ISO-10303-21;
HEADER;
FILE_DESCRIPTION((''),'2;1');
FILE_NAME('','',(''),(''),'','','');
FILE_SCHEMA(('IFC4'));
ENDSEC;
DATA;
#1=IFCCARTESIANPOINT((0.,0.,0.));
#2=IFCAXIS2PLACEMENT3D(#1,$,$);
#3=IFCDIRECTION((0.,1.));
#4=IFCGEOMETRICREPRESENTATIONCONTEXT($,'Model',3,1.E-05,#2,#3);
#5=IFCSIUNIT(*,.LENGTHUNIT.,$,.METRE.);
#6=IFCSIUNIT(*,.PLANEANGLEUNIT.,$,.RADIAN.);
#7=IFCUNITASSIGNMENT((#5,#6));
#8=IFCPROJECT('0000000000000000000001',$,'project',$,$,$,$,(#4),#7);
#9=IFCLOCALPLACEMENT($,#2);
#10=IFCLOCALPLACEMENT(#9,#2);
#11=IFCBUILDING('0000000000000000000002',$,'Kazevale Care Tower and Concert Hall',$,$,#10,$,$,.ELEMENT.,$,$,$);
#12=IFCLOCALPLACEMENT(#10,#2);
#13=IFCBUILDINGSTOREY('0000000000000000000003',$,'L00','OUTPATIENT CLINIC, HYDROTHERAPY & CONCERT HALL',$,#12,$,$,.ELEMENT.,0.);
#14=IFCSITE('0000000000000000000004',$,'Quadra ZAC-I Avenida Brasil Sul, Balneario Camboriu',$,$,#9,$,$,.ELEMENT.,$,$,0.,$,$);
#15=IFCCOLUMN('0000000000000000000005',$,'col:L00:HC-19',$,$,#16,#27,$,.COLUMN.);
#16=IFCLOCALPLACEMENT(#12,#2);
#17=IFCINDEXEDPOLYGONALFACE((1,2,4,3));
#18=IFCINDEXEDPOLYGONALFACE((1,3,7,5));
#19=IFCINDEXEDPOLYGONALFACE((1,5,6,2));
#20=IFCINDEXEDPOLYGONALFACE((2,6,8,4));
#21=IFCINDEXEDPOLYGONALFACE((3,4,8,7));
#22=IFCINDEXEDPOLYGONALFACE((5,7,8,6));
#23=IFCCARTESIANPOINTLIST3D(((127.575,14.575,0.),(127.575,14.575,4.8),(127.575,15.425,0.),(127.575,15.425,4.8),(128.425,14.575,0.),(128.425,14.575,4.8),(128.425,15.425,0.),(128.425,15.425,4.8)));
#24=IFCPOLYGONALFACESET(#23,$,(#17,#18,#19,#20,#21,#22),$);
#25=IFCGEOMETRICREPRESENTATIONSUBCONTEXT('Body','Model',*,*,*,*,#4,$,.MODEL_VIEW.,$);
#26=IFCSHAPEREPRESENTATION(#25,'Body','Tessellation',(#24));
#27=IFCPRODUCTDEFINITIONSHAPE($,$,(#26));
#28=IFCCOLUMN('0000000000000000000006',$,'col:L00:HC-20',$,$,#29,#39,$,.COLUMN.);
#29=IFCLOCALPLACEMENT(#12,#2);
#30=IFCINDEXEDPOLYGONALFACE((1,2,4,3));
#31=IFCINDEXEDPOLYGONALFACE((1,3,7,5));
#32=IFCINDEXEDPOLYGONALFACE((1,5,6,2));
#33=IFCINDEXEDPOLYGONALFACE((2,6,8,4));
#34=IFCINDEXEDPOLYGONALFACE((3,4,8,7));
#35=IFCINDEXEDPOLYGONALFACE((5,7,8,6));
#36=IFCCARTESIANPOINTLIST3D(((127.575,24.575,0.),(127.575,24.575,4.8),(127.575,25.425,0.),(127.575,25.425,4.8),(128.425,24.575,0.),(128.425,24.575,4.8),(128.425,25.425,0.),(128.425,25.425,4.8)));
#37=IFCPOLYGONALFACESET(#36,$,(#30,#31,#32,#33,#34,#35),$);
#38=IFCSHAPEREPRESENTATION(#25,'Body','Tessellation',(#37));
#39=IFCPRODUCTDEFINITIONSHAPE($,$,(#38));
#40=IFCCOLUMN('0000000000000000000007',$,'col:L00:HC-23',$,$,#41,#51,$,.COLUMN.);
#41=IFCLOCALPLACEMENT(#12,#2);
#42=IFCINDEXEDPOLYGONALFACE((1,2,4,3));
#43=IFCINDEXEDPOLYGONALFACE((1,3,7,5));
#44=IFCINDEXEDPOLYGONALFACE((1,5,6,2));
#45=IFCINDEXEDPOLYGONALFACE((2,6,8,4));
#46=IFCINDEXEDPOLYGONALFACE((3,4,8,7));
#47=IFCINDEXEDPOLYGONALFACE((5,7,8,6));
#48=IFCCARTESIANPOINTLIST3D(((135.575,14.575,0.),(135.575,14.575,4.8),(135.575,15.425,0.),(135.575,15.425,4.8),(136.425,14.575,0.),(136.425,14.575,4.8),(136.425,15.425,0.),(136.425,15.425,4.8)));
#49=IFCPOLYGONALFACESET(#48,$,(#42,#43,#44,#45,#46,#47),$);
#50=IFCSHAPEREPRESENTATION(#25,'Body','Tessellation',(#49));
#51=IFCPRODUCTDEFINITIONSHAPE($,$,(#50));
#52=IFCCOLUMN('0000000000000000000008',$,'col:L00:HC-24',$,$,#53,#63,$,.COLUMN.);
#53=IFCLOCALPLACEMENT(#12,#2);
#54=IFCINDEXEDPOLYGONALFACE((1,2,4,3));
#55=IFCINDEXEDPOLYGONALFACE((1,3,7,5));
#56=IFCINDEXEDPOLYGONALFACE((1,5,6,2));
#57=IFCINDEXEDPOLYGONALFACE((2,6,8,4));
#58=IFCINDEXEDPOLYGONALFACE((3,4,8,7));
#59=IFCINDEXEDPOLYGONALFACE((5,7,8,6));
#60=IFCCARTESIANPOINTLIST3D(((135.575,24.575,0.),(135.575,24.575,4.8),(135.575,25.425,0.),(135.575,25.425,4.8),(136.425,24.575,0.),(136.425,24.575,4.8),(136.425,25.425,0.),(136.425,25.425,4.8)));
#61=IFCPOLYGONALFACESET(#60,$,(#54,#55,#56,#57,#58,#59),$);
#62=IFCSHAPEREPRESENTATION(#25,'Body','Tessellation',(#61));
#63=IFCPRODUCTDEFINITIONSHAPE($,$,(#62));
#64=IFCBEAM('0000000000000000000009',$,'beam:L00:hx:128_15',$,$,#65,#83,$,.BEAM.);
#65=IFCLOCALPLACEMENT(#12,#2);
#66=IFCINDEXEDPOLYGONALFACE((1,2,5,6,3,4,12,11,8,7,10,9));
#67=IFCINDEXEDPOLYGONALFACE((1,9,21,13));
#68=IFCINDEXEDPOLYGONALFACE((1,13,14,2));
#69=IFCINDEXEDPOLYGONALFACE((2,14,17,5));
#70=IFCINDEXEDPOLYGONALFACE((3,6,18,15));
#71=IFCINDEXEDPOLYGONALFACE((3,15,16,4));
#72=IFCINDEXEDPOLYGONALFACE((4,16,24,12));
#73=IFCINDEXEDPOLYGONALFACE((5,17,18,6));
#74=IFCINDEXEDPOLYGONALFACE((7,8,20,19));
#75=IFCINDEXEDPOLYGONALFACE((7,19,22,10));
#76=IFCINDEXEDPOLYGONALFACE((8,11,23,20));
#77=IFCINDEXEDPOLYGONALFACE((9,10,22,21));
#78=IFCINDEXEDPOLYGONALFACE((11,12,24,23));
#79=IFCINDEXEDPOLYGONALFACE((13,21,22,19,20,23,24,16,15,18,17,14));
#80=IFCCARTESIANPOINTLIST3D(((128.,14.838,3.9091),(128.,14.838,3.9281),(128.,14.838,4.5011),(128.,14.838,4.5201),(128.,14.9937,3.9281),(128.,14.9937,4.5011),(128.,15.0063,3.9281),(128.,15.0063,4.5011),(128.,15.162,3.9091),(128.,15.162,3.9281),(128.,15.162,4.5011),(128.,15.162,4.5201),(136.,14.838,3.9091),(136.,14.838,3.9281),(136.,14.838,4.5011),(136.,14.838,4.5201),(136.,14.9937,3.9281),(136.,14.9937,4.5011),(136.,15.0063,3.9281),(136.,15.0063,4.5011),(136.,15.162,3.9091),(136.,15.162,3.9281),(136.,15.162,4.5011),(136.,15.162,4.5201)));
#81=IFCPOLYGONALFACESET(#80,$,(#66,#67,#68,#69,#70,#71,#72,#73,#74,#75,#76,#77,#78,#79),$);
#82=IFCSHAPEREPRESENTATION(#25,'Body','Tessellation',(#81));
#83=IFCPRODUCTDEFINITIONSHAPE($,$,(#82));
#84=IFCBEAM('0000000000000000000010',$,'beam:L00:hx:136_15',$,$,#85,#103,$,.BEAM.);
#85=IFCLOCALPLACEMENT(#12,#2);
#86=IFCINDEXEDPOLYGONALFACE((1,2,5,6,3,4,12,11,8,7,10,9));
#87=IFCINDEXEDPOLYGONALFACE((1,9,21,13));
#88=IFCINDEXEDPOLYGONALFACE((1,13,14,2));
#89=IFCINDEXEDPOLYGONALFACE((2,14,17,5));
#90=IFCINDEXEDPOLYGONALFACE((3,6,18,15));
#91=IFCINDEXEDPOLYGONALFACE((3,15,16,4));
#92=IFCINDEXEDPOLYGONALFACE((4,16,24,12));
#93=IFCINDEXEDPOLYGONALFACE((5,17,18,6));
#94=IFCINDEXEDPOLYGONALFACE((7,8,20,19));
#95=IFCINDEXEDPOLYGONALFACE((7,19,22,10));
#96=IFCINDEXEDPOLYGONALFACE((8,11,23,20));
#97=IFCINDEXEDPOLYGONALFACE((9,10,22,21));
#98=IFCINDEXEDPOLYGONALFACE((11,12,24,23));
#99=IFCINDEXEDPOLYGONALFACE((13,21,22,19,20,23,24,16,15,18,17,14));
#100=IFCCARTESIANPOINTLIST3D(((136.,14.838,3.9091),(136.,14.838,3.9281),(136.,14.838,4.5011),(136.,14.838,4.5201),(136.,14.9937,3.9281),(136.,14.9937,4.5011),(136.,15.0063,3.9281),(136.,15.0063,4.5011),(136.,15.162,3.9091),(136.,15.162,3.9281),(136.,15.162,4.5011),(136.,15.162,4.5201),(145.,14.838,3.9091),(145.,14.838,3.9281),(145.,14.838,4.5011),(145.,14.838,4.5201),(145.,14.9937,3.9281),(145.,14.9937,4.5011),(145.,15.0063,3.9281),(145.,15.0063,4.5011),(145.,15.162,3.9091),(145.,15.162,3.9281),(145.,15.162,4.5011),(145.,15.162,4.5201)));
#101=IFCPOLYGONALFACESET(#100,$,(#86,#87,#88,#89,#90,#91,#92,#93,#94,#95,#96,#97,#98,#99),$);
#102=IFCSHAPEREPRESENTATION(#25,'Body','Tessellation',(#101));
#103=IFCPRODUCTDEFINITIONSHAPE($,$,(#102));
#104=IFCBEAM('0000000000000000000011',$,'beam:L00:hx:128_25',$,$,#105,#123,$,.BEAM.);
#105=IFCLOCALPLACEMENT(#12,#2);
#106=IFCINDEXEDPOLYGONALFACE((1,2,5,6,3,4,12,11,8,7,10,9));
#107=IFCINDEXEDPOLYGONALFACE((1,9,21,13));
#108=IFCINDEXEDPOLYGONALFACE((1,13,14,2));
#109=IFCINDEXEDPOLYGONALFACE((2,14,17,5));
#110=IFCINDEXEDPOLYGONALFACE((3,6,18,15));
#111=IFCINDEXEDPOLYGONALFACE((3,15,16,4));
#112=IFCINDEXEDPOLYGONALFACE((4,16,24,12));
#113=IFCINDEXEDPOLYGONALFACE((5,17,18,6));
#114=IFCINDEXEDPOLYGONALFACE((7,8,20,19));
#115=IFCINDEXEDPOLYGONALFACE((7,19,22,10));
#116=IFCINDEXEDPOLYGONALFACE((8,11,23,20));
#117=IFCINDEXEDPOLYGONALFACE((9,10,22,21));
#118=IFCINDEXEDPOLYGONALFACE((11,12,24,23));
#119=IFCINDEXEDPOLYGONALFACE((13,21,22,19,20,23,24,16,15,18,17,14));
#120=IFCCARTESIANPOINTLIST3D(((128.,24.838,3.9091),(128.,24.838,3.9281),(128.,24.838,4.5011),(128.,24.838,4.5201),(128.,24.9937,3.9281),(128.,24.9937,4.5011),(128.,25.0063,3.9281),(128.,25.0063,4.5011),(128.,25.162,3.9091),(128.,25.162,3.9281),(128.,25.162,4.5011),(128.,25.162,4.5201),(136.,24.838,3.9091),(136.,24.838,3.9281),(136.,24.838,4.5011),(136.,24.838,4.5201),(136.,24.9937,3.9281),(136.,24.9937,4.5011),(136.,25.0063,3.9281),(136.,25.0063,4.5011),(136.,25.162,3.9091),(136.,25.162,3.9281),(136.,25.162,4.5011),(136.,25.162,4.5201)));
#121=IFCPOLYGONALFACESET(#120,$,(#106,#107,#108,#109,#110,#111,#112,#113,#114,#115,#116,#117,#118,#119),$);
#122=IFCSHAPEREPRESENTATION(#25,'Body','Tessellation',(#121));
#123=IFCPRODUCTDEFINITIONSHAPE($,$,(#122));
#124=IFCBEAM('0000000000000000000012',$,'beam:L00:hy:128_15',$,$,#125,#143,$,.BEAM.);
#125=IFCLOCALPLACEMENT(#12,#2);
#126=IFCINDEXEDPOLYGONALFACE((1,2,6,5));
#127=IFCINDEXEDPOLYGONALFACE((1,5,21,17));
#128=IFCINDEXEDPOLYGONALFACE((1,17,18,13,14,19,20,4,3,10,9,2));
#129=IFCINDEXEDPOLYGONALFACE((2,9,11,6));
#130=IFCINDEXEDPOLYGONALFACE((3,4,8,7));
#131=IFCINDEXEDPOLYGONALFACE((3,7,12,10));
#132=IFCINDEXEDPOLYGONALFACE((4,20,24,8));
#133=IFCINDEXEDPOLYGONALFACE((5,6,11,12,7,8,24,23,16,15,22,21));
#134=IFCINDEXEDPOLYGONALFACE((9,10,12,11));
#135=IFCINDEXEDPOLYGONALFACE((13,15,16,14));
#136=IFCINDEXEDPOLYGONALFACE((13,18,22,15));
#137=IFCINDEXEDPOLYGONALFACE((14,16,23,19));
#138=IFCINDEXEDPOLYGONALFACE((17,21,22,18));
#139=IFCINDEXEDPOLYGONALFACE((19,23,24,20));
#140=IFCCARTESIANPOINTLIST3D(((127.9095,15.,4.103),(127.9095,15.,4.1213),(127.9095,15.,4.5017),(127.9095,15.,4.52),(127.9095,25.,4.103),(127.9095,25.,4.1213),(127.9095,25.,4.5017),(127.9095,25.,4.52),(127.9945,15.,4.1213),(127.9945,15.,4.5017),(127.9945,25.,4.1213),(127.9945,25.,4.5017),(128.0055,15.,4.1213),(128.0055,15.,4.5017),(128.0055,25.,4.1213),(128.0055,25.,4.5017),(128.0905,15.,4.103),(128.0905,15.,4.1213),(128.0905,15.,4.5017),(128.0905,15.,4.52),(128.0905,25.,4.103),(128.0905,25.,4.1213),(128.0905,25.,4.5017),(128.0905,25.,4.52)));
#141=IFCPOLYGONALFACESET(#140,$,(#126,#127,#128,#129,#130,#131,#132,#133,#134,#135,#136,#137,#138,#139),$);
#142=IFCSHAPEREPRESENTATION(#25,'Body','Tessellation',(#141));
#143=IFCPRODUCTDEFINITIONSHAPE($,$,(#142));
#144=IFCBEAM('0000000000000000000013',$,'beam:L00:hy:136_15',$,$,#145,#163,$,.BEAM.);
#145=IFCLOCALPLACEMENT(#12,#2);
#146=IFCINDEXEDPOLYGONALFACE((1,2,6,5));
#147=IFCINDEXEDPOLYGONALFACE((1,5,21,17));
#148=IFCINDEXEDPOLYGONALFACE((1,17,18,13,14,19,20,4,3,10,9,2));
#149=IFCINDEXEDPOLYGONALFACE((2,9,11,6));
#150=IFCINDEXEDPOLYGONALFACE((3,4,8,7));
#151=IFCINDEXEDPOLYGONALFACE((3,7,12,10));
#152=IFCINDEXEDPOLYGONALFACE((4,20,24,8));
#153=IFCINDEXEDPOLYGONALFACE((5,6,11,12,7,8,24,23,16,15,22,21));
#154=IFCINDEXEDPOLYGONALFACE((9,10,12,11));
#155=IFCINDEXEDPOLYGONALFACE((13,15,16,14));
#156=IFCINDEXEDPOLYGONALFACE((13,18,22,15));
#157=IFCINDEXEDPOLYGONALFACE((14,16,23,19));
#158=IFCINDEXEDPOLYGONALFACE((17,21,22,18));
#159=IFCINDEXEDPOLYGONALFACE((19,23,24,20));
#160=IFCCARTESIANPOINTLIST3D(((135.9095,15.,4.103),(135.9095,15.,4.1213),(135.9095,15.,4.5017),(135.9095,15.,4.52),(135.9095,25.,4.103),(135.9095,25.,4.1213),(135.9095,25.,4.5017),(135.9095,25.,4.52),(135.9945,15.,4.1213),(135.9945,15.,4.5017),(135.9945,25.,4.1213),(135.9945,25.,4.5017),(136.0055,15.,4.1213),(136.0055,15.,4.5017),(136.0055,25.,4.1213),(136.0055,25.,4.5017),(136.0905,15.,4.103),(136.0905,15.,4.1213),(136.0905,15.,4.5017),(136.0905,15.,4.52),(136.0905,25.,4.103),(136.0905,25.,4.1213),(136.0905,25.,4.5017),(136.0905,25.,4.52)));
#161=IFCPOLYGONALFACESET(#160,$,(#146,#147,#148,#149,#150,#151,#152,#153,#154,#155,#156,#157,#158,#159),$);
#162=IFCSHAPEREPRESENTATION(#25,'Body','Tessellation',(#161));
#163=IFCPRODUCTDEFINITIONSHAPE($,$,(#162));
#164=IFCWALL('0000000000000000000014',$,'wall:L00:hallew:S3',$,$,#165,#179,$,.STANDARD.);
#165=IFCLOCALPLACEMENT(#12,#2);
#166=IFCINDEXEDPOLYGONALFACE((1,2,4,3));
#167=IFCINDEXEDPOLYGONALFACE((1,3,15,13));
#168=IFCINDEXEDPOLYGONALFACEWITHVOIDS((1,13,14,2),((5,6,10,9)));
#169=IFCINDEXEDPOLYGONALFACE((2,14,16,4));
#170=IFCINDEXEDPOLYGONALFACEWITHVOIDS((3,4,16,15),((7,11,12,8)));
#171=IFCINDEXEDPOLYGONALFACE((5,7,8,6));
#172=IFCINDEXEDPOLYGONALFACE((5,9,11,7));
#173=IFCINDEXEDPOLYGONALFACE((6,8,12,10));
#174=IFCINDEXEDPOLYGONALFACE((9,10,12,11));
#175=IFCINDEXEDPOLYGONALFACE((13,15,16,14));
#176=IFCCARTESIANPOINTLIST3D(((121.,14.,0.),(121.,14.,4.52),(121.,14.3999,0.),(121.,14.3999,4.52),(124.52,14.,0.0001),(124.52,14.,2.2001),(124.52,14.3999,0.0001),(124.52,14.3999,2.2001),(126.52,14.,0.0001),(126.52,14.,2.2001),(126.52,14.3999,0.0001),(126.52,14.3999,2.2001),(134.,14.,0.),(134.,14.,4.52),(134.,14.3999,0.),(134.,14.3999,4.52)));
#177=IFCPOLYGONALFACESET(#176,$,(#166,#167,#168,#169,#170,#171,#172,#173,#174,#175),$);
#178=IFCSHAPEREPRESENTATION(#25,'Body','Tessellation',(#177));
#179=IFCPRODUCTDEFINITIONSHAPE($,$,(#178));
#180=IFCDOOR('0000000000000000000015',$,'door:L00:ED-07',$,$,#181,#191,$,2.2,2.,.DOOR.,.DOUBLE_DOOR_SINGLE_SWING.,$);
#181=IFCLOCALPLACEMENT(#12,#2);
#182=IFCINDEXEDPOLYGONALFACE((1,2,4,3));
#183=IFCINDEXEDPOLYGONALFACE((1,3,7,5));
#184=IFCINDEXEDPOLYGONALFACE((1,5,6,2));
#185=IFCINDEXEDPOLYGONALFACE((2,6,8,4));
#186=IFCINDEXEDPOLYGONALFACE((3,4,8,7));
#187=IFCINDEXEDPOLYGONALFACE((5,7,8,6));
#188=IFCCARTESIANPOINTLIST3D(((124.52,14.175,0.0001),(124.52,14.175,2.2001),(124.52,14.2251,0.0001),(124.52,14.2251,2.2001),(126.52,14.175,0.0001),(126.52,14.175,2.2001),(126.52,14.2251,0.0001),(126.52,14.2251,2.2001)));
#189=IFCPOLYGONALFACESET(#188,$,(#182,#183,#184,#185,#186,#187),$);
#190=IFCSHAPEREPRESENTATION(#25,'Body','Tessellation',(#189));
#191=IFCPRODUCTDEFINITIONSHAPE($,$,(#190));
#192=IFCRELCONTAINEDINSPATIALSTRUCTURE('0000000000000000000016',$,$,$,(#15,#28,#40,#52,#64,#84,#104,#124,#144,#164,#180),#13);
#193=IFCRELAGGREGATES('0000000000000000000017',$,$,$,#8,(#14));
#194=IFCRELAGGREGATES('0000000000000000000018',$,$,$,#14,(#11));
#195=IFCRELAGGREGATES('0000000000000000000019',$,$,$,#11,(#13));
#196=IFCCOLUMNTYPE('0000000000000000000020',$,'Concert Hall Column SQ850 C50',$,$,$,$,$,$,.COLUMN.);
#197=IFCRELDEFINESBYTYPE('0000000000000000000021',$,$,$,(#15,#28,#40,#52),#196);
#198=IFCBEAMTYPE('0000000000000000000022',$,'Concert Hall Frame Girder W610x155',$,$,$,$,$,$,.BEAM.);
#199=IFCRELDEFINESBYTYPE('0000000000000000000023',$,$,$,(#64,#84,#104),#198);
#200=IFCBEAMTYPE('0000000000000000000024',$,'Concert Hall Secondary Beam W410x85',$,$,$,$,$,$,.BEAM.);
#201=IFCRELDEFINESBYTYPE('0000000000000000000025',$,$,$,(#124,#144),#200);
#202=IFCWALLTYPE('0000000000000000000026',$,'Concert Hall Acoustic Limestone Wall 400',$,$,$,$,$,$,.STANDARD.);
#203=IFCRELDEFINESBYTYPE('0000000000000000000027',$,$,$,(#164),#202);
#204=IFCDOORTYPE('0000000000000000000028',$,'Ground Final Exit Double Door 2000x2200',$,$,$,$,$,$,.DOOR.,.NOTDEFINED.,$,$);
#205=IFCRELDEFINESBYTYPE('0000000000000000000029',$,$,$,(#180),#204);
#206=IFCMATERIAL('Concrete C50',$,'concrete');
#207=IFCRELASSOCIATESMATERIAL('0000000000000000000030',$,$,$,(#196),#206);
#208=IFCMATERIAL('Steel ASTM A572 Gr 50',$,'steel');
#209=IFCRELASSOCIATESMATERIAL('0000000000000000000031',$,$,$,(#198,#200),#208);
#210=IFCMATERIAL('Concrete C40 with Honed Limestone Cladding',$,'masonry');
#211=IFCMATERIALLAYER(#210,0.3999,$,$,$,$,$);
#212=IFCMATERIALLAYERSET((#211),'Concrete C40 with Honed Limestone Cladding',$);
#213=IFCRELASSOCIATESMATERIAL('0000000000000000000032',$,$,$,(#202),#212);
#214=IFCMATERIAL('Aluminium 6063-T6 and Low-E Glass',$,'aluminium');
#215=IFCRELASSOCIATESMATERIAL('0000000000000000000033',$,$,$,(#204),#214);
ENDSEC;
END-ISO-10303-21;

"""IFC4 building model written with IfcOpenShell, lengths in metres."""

from ifc_helpers import new_model, si_unit, direction, frame, frame_2d, origin, origin_2d, place, context, subcontext, project, spatial, rectangle, i_section, extrude, material, layer, layer_set, material_profile, profile_set, type_object, element, fill, save


model = new_model("IFC4")

# Units and contexts
model_context = context("Model", 3, precision=1e-05, world=origin(), true_north=direction((0.0, 1.0)))
body_context = subcontext(model_context, "Body", "Model", "MODEL_VIEW")
ifc_project = project(units=[si_unit("LENGTHUNIT", "METRE"), si_unit("PLANEANGLEUNIT", "RADIAN")], contexts=[model_context])

# Site, building, storey
site_placement = place(None, origin())
site = spatial("IfcSite", under=ifc_project, at=site_placement, Name="Quadra ZAC-I Avenida Brasil Sul, Balneario Camboriu", CompositionType="ELEMENT", RefElevation=0.0)
building_placement = place(site_placement, origin())
building = spatial("IfcBuilding", under=site, at=building_placement, Name="Kazevale Care Tower and Concert Hall", CompositionType="ELEMENT")
storey_placement = place(building_placement, origin())
storey = spatial("IfcBuildingStorey", under=building, at=storey_placement, Name="L00", Description="OUTPATIENT CLINIC, HYDROTHERAPY & CONCERT HALL", CompositionType="ELEMENT", Elevation=0.0)

# Columns
ifc_material_1 = material(Name="Concrete C50", Category="concrete")
ifc_material_profile_1 = material_profile(ifc_material_1, rectangle(XDim=0.8501, YDim=0.8501, at=origin_2d()), Name="RC-SQ850")
ifc_profile_set_1 = profile_set([ifc_material_profile_1], Name="Concrete C50")
column_type = type_object("IfcColumnType", Name="Concert Hall Column SQ850 C50", PredefinedType="COLUMN", material=ifc_profile_set_1)
for number, where, z_axis, x_axis, name in (
    (1, (128.0, 15.0, 0.0), (0.0, 0.0, 1.0), (1.0, 0.0, 0.0), "col:L00:HC-19"),
    (2, (128.0, 25.0, 0.0), (0.0, 0.0, 1.0), (1.0, 0.0, 0.0), "col:L00:HC-20"),
    (3, (136.0, 15.0, 0.0), (0.0, 0.0, 1.0), (1.0, 0.0, 0.0), "col:L00:HC-23"),
    (4, (136.0, 25.0, 0.0), (0.0, 0.0, 1.0), (1.0, 0.0, 0.0), "col:L00:HC-24"),
):
    element("IfcColumn", number, at=place(storey_placement, frame(where, z_axis=z_axis, x_axis=x_axis)), inside=storey, type_object=column_type, Name=name, PredefinedType="COLUMN", context=body_context, shape_type="SweptSolid", body=[
        extrude(rectangle(XDim=0.8501, YDim=0.8501, at=origin_2d()), origin(), (0.0, 0.0, 1.0), 4.8),
    ])

# Beams
ifc_material_2 = material(Name="Steel ASTM A572 Gr 50", Category="steel")
ifc_material_profile_2 = material_profile(ifc_material_2, i_section(OverallWidth=0.324, OverallDepth=0.6111, WebThickness=0.0127, FlangeThickness=0.019, at=origin_2d()), Name="W610x155")
ifc_profile_set_2 = profile_set([ifc_material_profile_2], Name="Steel ASTM A572 Gr 50")
beam_type_1 = type_object("IfcBeamType", Name="Concert Hall Frame Girder W610x155", PredefinedType="BEAM", material=ifc_profile_set_2)
beam_1_placement = place(storey_placement, frame((128.0, 15.0, 4.2146), z_axis=(1.0, 0.0, 0.0), x_axis=(0.0, 1.0, 0.0)))
element("IfcBeam", 5, at=beam_1_placement, inside=storey, type_object=beam_type_1, Name="beam:L00:hx:128_15", PredefinedType="BEAM", context=body_context, shape_type="SweptSolid", body=[
    extrude(i_section(OverallWidth=0.324, OverallDepth=0.6111, WebThickness=0.0127, FlangeThickness=0.019, at=origin_2d()), origin(), (0.0, 0.0, 1.0), 8.0),
])
beam_2_placement = place(storey_placement, frame((136.0, 15.0, 4.2146), z_axis=(1.0, 0.0, 0.0), x_axis=(0.0, 1.0, 0.0)))
element("IfcBeam", 6, at=beam_2_placement, inside=storey, type_object=beam_type_1, Name="beam:L00:hx:136_15", PredefinedType="BEAM", context=body_context, shape_type="SweptSolid", body=[
    extrude(i_section(OverallWidth=0.324, OverallDepth=0.6111, WebThickness=0.0127, FlangeThickness=0.019, at=origin_2d()), origin(), (0.0, 0.0, 1.0), 9.0),
])
beam_3_placement = place(storey_placement, frame((128.0, 25.0, 4.2146), z_axis=(1.0, 0.0, 0.0), x_axis=(0.0, 1.0, 0.0)))
element("IfcBeam", 7, at=beam_3_placement, inside=storey, type_object=beam_type_1, Name="beam:L00:hx:128_25", PredefinedType="BEAM", context=body_context, shape_type="SweptSolid", body=[
    extrude(i_section(OverallWidth=0.324, OverallDepth=0.6111, WebThickness=0.0127, FlangeThickness=0.019, at=origin_2d()), origin(), (0.0, 0.0, 1.0), 8.0),
])
ifc_material_profile_3 = material_profile(ifc_material_2, i_section(OverallWidth=0.1809, OverallDepth=0.417, WebThickness=0.011, FlangeThickness=0.0183, at=origin_2d()), Name="W410x85")
ifc_profile_set_3 = profile_set([ifc_material_profile_3], Name="Steel ASTM A572 Gr 50")
beam_type_2 = type_object("IfcBeamType", Name="Concert Hall Secondary Beam W410x85", PredefinedType="BEAM", material=ifc_profile_set_3)
for number, where, z_axis, x_axis, name in (
    (8, (128.0, 15.0, 4.3115), (0.0, 1.0, 0.0), (-1.0, 0.0, 0.0), "beam:L00:hy:128_15"),
    (9, (136.0, 15.0, 4.3115), (0.0, 1.0, 0.0), (-1.0, 0.0, 0.0), "beam:L00:hy:136_15"),
):
    element("IfcBeam", number, at=place(storey_placement, frame(where, z_axis=z_axis, x_axis=x_axis)), inside=storey, type_object=beam_type_2, Name=name, PredefinedType="BEAM", context=body_context, shape_type="SweptSolid", body=[
        extrude(i_section(OverallWidth=0.1809, OverallDepth=0.417, WebThickness=0.011, FlangeThickness=0.0183, at=origin_2d()), origin(), (0.0, 0.0, 1.0), 10.0),
    ])

# Wall, opening, door
ifc_material_3 = material(Name="Concrete C40 with Honed Limestone Cladding", Category="masonry")
ifc_layer_1 = layer(ifc_material_3, 0.3999)
ifc_layer_set_1 = layer_set([ifc_layer_1], Name="Concrete C40 with Honed Limestone Cladding")
wall_type_1 = type_object("IfcWallType", Name="Concert Hall Acoustic Limestone Wall 400", PredefinedType="STANDARD", material=ifc_layer_set_1)
wall_1_placement = place(storey_placement, frame((134.0, 14.2, 0.0), z_axis=(0.0, 0.0, 1.0), x_axis=(-1.0, 0.0, 0.0)))
wall_1 = element("IfcWall", 10, at=wall_1_placement, inside=storey, type_object=wall_type_1, Name="wall:L00:hallew:S3", PredefinedType="STANDARD", context=body_context, shape_type="SweptSolid", body=[
    extrude(rectangle(XDim=13.0, YDim=0.3999, at=frame_2d((6.5, 0.0))), origin(), (0.0, 0.0, 1.0), 4.52),
])
opening_1_placement = place(wall_1_placement, frame((7.48, 0.0, 0.0)))
opening_1 = element("IfcOpeningElement", 11, at=opening_1_placement, cuts=wall_1, PredefinedType="OPENING", context=body_context, shape_type="SweptSolid", body=[
    extrude(rectangle(XDim=2.0, YDim=2.2, at=frame_2d((1.0, 1.1001))), frame((0.0, 0.21, 0.0), z_axis=(0.0, -1.0, 0.0), x_axis=(1.0, 0.0, 0.0)), (0.0, 0.0, 1.0), 0.4199),
])
ifc_material_4 = material(Name="Aluminium 6063-T6 and Low-E Glass", Category="aluminium")
door_type_1 = type_object("IfcDoorType", Name="Ground Final Exit Double Door 2000x2200", OperationType="NOTDEFINED", PredefinedType="DOOR", material=ifc_material_4)
door_1_placement = place(opening_1_placement, origin())
door_1 = element("IfcDoor", 12, at=door_1_placement, inside=storey, type_object=door_type_1, Name="door:L00:ED-07", OperationType="DOUBLE_DOOR_SINGLE_SWING", OverallHeight=2.2, OverallWidth=2.0, PredefinedType="DOOR", context=body_context, shape_type="SweptSolid", body=[
    extrude(rectangle(XDim=2.0, YDim=2.2, at=frame_2d((1.0, 1.1001))), frame((0.0, 0.0249, 0.0), z_axis=(0.0, -1.0, 0.0), x_axis=(1.0, 0.0, 0.0)), (0.0, 0.0, 1.0), 0.05),
])
fill(opening_1, door_1)

save(model, "model.ifc")
